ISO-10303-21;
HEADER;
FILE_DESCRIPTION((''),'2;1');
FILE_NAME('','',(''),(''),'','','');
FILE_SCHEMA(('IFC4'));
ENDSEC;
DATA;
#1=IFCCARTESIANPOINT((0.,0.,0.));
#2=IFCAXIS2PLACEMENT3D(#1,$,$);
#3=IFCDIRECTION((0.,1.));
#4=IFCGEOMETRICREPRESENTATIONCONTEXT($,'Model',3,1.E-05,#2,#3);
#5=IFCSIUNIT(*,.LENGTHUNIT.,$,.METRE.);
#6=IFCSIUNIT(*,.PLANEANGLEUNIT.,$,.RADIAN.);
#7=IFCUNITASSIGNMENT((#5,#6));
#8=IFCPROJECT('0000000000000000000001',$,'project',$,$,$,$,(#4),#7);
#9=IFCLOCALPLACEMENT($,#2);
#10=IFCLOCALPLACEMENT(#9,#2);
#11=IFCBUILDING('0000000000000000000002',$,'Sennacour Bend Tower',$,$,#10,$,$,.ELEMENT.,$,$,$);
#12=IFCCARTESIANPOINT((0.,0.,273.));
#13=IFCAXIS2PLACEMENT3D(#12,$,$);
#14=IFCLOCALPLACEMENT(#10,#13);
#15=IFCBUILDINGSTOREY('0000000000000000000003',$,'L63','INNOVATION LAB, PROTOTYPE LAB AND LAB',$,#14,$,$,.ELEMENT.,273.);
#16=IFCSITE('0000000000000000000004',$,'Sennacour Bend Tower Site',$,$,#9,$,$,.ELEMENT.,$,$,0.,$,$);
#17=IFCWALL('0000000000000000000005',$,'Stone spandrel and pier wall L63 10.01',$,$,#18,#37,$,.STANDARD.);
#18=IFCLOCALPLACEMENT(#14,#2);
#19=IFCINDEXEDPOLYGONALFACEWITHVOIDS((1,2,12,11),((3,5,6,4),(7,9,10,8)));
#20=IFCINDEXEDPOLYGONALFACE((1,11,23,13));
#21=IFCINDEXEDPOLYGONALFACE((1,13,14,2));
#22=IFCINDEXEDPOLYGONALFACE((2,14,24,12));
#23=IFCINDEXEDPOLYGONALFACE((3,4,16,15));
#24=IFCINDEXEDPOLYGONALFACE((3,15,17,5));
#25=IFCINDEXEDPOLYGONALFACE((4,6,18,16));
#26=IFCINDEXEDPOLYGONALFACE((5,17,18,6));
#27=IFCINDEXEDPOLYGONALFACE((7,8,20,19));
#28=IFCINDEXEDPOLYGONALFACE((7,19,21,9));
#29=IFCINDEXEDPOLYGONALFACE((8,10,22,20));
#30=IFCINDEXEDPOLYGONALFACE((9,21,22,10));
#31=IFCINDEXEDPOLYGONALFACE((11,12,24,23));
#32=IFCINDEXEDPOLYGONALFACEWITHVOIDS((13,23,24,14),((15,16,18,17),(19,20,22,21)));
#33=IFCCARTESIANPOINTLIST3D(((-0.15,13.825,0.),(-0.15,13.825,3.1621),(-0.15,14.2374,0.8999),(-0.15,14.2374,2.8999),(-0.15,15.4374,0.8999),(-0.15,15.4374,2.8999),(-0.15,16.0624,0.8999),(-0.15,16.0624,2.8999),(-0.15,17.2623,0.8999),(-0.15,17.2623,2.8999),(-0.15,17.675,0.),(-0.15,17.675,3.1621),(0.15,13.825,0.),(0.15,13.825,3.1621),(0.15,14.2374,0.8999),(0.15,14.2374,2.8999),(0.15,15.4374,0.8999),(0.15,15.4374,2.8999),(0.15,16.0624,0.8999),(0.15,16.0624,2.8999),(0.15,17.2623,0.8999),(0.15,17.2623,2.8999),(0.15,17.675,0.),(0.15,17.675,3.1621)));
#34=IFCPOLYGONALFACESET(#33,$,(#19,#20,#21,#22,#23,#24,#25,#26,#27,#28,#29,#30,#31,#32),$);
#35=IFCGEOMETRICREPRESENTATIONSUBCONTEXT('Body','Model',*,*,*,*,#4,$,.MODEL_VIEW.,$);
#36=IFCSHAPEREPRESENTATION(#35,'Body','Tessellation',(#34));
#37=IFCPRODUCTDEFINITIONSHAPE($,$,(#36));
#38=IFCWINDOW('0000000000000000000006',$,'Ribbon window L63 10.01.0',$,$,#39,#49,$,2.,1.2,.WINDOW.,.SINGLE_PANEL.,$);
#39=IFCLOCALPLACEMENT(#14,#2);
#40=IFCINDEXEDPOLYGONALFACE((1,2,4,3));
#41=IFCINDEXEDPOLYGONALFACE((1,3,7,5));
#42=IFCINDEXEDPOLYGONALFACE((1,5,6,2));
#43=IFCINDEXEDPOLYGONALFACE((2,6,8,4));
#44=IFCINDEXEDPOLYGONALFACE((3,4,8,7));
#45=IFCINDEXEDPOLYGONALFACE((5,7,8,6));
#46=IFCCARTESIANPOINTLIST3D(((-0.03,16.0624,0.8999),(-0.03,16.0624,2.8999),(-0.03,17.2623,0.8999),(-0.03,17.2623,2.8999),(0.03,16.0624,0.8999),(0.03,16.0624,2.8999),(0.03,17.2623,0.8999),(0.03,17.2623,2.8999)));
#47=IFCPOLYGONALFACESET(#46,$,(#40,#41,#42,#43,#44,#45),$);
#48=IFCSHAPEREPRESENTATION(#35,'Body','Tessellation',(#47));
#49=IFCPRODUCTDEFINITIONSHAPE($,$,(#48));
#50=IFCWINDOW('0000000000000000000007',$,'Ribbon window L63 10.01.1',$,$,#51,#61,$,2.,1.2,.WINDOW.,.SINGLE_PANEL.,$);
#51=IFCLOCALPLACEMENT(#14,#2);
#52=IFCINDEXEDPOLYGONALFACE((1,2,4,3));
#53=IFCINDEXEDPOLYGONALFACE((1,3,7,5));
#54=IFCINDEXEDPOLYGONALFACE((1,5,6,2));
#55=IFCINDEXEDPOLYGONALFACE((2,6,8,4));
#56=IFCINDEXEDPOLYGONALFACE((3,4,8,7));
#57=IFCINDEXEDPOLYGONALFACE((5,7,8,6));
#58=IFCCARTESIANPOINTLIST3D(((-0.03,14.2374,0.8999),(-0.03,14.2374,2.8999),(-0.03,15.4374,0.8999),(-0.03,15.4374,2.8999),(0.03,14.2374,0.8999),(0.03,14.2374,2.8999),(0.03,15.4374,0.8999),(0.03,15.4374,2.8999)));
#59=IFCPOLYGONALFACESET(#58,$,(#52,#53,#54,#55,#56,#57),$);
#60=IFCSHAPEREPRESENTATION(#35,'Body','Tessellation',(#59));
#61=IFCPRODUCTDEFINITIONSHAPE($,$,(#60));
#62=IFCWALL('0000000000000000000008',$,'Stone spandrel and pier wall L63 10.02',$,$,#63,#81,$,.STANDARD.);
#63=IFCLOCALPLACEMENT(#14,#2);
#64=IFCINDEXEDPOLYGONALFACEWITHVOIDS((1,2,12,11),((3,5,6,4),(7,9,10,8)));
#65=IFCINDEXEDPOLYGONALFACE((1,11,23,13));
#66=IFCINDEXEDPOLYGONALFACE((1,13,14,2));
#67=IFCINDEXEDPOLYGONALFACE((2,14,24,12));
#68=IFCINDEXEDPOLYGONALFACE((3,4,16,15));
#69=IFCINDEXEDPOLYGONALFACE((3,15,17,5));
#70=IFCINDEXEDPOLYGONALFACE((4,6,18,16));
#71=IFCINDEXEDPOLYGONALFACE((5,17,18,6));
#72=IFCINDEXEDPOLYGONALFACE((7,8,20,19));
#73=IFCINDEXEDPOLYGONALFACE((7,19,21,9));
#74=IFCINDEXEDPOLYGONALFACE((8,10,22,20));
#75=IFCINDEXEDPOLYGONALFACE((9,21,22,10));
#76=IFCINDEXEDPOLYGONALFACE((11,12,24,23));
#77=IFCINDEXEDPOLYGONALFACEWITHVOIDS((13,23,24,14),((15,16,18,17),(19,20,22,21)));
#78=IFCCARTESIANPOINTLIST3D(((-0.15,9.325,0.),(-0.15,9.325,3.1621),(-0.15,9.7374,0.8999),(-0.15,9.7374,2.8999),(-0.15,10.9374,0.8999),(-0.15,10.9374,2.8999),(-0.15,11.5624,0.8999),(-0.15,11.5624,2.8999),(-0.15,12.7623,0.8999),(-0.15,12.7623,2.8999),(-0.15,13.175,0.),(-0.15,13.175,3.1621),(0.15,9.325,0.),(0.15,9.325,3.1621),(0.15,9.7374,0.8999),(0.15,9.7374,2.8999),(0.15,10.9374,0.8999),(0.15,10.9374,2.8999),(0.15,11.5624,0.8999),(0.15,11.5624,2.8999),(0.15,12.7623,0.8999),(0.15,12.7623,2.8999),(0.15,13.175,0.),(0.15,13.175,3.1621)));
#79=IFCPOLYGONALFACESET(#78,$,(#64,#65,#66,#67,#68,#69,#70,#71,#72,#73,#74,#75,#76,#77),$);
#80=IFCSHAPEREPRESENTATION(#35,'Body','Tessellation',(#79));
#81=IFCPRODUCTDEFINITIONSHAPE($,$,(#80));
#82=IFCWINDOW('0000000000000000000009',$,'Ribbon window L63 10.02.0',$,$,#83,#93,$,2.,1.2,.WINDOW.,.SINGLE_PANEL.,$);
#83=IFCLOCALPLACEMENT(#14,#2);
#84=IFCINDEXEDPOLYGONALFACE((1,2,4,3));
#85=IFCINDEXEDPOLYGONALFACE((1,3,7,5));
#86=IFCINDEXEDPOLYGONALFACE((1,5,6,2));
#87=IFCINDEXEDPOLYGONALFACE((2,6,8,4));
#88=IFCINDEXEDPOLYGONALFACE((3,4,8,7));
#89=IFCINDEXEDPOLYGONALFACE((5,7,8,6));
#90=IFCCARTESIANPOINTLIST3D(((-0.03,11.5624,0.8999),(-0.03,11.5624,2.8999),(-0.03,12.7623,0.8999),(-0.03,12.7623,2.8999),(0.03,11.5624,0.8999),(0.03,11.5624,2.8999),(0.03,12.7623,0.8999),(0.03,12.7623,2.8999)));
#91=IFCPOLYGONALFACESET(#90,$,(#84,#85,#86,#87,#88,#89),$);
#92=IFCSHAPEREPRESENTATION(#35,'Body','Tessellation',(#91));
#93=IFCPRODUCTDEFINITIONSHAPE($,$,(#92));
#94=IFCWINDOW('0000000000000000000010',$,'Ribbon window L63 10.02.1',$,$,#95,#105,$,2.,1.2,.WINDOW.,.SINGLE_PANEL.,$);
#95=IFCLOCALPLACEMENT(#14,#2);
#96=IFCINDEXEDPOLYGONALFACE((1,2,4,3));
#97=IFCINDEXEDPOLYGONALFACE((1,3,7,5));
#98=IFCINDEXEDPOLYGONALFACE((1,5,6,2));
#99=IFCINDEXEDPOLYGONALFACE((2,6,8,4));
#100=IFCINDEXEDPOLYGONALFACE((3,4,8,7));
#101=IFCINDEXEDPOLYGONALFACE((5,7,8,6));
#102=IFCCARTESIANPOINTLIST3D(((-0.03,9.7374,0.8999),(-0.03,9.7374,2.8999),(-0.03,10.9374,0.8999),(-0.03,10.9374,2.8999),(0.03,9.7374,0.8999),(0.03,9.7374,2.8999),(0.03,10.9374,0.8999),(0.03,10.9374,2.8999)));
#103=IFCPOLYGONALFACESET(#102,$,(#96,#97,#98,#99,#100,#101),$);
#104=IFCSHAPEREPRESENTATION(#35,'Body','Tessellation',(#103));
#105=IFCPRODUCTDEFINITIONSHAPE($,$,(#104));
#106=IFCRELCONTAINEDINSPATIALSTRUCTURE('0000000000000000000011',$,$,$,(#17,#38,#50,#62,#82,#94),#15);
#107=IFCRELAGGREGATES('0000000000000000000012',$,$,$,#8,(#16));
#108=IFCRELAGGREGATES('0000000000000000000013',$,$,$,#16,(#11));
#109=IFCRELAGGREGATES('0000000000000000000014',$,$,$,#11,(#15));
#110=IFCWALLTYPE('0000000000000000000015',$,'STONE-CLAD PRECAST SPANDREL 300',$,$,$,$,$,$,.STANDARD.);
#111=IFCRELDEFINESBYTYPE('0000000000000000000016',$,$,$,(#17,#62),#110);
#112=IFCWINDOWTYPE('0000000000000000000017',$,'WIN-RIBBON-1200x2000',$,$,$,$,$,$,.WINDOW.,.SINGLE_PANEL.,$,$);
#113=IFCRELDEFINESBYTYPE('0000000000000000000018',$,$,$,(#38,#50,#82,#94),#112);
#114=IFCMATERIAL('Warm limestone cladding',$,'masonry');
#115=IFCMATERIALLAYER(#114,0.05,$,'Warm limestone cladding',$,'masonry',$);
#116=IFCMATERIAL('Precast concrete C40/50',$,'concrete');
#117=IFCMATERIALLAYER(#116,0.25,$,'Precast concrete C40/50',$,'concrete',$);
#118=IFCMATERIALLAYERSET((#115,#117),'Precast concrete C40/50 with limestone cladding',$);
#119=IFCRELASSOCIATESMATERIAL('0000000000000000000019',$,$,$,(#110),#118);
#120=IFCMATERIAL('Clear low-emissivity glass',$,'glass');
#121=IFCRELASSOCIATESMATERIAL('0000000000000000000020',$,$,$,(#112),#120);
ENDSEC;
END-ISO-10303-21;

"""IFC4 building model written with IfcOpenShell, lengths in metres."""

from ifc_helpers import new_model, si_unit, direction, frame, frame_2d, origin, place, context, subcontext, project, spatial, rectangle, extrude, material, layer, layer_set, type_object, element, fill, save


model = new_model("IFC4")

# Units and contexts
model_context = context("Model", 3, precision=1e-05, world=origin(), true_north=direction((0.0, 1.0)))
body_context = subcontext(model_context, "Body", "Model", "MODEL_VIEW")
ifc_project = project(units=[si_unit("LENGTHUNIT", "METRE"), si_unit("PLANEANGLEUNIT", "RADIAN")], contexts=[model_context])

# Site, building, storey
site_placement = place(None, origin())
site = spatial("IfcSite", under=ifc_project, at=site_placement, Name="Sennacour Bend Tower Site", CompositionType="ELEMENT", RefElevation=0.0)
building_placement = place(site_placement, origin())
building = spatial("IfcBuilding", under=site, at=building_placement, Name="Sennacour Bend Tower", CompositionType="ELEMENT")
storey_placement = place(building_placement, frame((0.0, 0.0, 273.0)))
storey = spatial("IfcBuildingStorey", under=building, at=storey_placement, Name="L63", Description="INNOVATION LAB, PROTOTYPE LAB AND LAB", CompositionType="ELEMENT", Elevation=273.0)

# Walls, openings, windows
ifc_material_1 = material(Name="Warm limestone cladding", Category="masonry")
ifc_layer_1 = layer(ifc_material_1, 0.05, Name="Warm limestone cladding", Category="masonry")
ifc_material_2 = material(Name="Precast concrete C40/50", Category="concrete")
ifc_layer_2 = layer(ifc_material_2, 0.25, Name="Precast concrete C40/50", Category="concrete")
ifc_layer_set_1 = layer_set([ifc_layer_1, ifc_layer_2], Name="Precast concrete C40/50 with limestone cladding")
wall_type_1 = type_object("IfcWallType", Name="STONE-CLAD PRECAST SPANDREL 300", PredefinedType="STANDARD", material=ifc_layer_set_1)
ifc_material_3 = material(Name="Clear low-emissivity glass", Category="glass")
window_type_1 = type_object("IfcWindowType", Name="WIN-RIBBON-1200x2000", PartitioningType="SINGLE_PANEL", PredefinedType="WINDOW", material=ifc_material_3)
wall_1_placement = place(storey_placement, frame((0.0, 17.675, 0.0), z_axis=(0.0, 0.0, 1.0), x_axis=(0.0, -1.0, 0.0)))
wall_1 = element("IfcWall", 1, at=wall_1_placement, inside=storey, type_object=wall_type_1, Name="Stone spandrel and pier wall L63 10.01", PredefinedType="STANDARD", context=body_context, shape_type="SweptSolid", body=[
    extrude(rectangle(XDim=3.8501, YDim=0.3, at=frame_2d((1.925, 0.0))), origin(), (0.0, 0.0, 1.0), 3.1621),
])
opening_1_placement = place(wall_1_placement, frame((0.4126, 0.0, 0.8999)))
opening_1 = element("IfcOpeningElement", 2, at=opening_1_placement, cuts=wall_1, PredefinedType="OPENING", context=body_context, shape_type="SweptSolid", body=[
    extrude(rectangle(XDim=1.2, YDim=2.0, at=frame_2d((0.6001, 1.0))), frame((0.0, 0.1602, 0.0), z_axis=(0.0, -1.0, 0.0), x_axis=(1.0, 0.0, 0.0)), (0.0, 0.0, 1.0), 0.3201),
])
opening_2_placement = place(wall_1_placement, frame((2.2375, 0.0, 0.8999)))
opening_2 = element("IfcOpeningElement", 3, at=opening_2_placement, cuts=wall_1, PredefinedType="OPENING", context=body_context, shape_type="SweptSolid", body=[
    extrude(rectangle(XDim=1.2, YDim=2.0, at=frame_2d((0.6001, 1.0))), frame((0.0, 0.1602, 0.0), z_axis=(0.0, -1.0, 0.0), x_axis=(1.0, 0.0, 0.0)), (0.0, 0.0, 1.0), 0.3201),
])
window_1_placement = place(opening_1_placement, origin())
window_1 = element("IfcWindow", 4, at=window_1_placement, inside=storey, type_object=window_type_1, Name="Ribbon window L63 10.01.0", OverallHeight=2.0, OverallWidth=1.2, PartitioningType="SINGLE_PANEL", PredefinedType="WINDOW", context=body_context, shape_type="SweptSolid", body=[
    extrude(rectangle(XDim=1.2, YDim=2.0, at=frame_2d((0.6001, 1.0))), frame((0.0, 0.03, 0.0), z_axis=(0.0, -1.0, 0.0), x_axis=(1.0, 0.0, 0.0)), (0.0, 0.0, 1.0), 0.0601),
])
fill(opening_1, window_1)
window_2_placement = place(opening_2_placement, origin())
window_2 = element("IfcWindow", 5, at=window_2_placement, inside=storey, type_object=window_type_1, Name="Ribbon window L63 10.01.1", OverallHeight=2.0, OverallWidth=1.2, PartitioningType="SINGLE_PANEL", PredefinedType="WINDOW", context=body_context, shape_type="SweptSolid", body=[
    extrude(rectangle(XDim=1.2, YDim=2.0, at=frame_2d((0.6001, 1.0))), frame((0.0, 0.03, 0.0), z_axis=(0.0, -1.0, 0.0), x_axis=(1.0, 0.0, 0.0)), (0.0, 0.0, 1.0), 0.0601),
])
fill(opening_2, window_2)
wall_2_placement = place(storey_placement, frame((0.0, 13.175, 0.0), z_axis=(0.0, 0.0, 1.0), x_axis=(0.0, -1.0, 0.0)))
wall_2 = element("IfcWall", 6, at=wall_2_placement, inside=storey, type_object=wall_type_1, Name="Stone spandrel and pier wall L63 10.02", PredefinedType="STANDARD", context=body_context, shape_type="SweptSolid", body=[
    extrude(rectangle(XDim=3.8501, YDim=0.3, at=frame_2d((1.925, 0.0))), origin(), (0.0, 0.0, 1.0), 3.1621),
])
opening_3_placement = place(wall_2_placement, frame((0.4126, 0.0, 0.8999)))
opening_3 = element("IfcOpeningElement", 7, at=opening_3_placement, cuts=wall_2, PredefinedType="OPENING", context=body_context, shape_type="SweptSolid", body=[
    extrude(rectangle(XDim=1.2, YDim=2.0, at=frame_2d((0.6001, 1.0))), frame((0.0, 0.1602, 0.0), z_axis=(0.0, -1.0, 0.0), x_axis=(1.0, 0.0, 0.0)), (0.0, 0.0, 1.0), 0.3201),
])
opening_4_placement = place(wall_2_placement, frame((2.2375, 0.0, 0.8999)))
opening_4 = element("IfcOpeningElement", 8, at=opening_4_placement, cuts=wall_2, PredefinedType="OPENING", context=body_context, shape_type="SweptSolid", body=[
    extrude(rectangle(XDim=1.2, YDim=2.0, at=frame_2d((0.6001, 1.0))), frame((0.0, 0.1602, 0.0), z_axis=(0.0, -1.0, 0.0), x_axis=(1.0, 0.0, 0.0)), (0.0, 0.0, 1.0), 0.3201),
])
window_3_placement = place(opening_3_placement, origin())
window_3 = element("IfcWindow", 9, at=window_3_placement, inside=storey, type_object=window_type_1, Name="Ribbon window L63 10.02.0", OverallHeight=2.0, OverallWidth=1.2, PartitioningType="SINGLE_PANEL", PredefinedType="WINDOW", context=body_context, shape_type="SweptSolid", body=[
    extrude(rectangle(XDim=1.2, YDim=2.0, at=frame_2d((0.6001, 1.0))), frame((0.0, 0.03, 0.0), z_axis=(0.0, -1.0, 0.0), x_axis=(1.0, 0.0, 0.0)), (0.0, 0.0, 1.0), 0.0601),
])
fill(opening_3, window_3)
window_4_placement = place(opening_4_placement, origin())
window_4 = element("IfcWindow", 10, at=window_4_placement, inside=storey, type_object=window_type_1, Name="Ribbon window L63 10.02.1", OverallHeight=2.0, OverallWidth=1.2, PartitioningType="SINGLE_PANEL", PredefinedType="WINDOW", context=body_context, shape_type="SweptSolid", body=[
    extrude(rectangle(XDim=1.2, YDim=2.0, at=frame_2d((0.6001, 1.0))), frame((0.0, 0.03, 0.0), z_axis=(0.0, -1.0, 0.0), x_axis=(1.0, 0.0, 0.0)), (0.0, 0.0, 1.0), 0.0601),
])
fill(opening_4, window_4)

save(model, "model.ifc")
